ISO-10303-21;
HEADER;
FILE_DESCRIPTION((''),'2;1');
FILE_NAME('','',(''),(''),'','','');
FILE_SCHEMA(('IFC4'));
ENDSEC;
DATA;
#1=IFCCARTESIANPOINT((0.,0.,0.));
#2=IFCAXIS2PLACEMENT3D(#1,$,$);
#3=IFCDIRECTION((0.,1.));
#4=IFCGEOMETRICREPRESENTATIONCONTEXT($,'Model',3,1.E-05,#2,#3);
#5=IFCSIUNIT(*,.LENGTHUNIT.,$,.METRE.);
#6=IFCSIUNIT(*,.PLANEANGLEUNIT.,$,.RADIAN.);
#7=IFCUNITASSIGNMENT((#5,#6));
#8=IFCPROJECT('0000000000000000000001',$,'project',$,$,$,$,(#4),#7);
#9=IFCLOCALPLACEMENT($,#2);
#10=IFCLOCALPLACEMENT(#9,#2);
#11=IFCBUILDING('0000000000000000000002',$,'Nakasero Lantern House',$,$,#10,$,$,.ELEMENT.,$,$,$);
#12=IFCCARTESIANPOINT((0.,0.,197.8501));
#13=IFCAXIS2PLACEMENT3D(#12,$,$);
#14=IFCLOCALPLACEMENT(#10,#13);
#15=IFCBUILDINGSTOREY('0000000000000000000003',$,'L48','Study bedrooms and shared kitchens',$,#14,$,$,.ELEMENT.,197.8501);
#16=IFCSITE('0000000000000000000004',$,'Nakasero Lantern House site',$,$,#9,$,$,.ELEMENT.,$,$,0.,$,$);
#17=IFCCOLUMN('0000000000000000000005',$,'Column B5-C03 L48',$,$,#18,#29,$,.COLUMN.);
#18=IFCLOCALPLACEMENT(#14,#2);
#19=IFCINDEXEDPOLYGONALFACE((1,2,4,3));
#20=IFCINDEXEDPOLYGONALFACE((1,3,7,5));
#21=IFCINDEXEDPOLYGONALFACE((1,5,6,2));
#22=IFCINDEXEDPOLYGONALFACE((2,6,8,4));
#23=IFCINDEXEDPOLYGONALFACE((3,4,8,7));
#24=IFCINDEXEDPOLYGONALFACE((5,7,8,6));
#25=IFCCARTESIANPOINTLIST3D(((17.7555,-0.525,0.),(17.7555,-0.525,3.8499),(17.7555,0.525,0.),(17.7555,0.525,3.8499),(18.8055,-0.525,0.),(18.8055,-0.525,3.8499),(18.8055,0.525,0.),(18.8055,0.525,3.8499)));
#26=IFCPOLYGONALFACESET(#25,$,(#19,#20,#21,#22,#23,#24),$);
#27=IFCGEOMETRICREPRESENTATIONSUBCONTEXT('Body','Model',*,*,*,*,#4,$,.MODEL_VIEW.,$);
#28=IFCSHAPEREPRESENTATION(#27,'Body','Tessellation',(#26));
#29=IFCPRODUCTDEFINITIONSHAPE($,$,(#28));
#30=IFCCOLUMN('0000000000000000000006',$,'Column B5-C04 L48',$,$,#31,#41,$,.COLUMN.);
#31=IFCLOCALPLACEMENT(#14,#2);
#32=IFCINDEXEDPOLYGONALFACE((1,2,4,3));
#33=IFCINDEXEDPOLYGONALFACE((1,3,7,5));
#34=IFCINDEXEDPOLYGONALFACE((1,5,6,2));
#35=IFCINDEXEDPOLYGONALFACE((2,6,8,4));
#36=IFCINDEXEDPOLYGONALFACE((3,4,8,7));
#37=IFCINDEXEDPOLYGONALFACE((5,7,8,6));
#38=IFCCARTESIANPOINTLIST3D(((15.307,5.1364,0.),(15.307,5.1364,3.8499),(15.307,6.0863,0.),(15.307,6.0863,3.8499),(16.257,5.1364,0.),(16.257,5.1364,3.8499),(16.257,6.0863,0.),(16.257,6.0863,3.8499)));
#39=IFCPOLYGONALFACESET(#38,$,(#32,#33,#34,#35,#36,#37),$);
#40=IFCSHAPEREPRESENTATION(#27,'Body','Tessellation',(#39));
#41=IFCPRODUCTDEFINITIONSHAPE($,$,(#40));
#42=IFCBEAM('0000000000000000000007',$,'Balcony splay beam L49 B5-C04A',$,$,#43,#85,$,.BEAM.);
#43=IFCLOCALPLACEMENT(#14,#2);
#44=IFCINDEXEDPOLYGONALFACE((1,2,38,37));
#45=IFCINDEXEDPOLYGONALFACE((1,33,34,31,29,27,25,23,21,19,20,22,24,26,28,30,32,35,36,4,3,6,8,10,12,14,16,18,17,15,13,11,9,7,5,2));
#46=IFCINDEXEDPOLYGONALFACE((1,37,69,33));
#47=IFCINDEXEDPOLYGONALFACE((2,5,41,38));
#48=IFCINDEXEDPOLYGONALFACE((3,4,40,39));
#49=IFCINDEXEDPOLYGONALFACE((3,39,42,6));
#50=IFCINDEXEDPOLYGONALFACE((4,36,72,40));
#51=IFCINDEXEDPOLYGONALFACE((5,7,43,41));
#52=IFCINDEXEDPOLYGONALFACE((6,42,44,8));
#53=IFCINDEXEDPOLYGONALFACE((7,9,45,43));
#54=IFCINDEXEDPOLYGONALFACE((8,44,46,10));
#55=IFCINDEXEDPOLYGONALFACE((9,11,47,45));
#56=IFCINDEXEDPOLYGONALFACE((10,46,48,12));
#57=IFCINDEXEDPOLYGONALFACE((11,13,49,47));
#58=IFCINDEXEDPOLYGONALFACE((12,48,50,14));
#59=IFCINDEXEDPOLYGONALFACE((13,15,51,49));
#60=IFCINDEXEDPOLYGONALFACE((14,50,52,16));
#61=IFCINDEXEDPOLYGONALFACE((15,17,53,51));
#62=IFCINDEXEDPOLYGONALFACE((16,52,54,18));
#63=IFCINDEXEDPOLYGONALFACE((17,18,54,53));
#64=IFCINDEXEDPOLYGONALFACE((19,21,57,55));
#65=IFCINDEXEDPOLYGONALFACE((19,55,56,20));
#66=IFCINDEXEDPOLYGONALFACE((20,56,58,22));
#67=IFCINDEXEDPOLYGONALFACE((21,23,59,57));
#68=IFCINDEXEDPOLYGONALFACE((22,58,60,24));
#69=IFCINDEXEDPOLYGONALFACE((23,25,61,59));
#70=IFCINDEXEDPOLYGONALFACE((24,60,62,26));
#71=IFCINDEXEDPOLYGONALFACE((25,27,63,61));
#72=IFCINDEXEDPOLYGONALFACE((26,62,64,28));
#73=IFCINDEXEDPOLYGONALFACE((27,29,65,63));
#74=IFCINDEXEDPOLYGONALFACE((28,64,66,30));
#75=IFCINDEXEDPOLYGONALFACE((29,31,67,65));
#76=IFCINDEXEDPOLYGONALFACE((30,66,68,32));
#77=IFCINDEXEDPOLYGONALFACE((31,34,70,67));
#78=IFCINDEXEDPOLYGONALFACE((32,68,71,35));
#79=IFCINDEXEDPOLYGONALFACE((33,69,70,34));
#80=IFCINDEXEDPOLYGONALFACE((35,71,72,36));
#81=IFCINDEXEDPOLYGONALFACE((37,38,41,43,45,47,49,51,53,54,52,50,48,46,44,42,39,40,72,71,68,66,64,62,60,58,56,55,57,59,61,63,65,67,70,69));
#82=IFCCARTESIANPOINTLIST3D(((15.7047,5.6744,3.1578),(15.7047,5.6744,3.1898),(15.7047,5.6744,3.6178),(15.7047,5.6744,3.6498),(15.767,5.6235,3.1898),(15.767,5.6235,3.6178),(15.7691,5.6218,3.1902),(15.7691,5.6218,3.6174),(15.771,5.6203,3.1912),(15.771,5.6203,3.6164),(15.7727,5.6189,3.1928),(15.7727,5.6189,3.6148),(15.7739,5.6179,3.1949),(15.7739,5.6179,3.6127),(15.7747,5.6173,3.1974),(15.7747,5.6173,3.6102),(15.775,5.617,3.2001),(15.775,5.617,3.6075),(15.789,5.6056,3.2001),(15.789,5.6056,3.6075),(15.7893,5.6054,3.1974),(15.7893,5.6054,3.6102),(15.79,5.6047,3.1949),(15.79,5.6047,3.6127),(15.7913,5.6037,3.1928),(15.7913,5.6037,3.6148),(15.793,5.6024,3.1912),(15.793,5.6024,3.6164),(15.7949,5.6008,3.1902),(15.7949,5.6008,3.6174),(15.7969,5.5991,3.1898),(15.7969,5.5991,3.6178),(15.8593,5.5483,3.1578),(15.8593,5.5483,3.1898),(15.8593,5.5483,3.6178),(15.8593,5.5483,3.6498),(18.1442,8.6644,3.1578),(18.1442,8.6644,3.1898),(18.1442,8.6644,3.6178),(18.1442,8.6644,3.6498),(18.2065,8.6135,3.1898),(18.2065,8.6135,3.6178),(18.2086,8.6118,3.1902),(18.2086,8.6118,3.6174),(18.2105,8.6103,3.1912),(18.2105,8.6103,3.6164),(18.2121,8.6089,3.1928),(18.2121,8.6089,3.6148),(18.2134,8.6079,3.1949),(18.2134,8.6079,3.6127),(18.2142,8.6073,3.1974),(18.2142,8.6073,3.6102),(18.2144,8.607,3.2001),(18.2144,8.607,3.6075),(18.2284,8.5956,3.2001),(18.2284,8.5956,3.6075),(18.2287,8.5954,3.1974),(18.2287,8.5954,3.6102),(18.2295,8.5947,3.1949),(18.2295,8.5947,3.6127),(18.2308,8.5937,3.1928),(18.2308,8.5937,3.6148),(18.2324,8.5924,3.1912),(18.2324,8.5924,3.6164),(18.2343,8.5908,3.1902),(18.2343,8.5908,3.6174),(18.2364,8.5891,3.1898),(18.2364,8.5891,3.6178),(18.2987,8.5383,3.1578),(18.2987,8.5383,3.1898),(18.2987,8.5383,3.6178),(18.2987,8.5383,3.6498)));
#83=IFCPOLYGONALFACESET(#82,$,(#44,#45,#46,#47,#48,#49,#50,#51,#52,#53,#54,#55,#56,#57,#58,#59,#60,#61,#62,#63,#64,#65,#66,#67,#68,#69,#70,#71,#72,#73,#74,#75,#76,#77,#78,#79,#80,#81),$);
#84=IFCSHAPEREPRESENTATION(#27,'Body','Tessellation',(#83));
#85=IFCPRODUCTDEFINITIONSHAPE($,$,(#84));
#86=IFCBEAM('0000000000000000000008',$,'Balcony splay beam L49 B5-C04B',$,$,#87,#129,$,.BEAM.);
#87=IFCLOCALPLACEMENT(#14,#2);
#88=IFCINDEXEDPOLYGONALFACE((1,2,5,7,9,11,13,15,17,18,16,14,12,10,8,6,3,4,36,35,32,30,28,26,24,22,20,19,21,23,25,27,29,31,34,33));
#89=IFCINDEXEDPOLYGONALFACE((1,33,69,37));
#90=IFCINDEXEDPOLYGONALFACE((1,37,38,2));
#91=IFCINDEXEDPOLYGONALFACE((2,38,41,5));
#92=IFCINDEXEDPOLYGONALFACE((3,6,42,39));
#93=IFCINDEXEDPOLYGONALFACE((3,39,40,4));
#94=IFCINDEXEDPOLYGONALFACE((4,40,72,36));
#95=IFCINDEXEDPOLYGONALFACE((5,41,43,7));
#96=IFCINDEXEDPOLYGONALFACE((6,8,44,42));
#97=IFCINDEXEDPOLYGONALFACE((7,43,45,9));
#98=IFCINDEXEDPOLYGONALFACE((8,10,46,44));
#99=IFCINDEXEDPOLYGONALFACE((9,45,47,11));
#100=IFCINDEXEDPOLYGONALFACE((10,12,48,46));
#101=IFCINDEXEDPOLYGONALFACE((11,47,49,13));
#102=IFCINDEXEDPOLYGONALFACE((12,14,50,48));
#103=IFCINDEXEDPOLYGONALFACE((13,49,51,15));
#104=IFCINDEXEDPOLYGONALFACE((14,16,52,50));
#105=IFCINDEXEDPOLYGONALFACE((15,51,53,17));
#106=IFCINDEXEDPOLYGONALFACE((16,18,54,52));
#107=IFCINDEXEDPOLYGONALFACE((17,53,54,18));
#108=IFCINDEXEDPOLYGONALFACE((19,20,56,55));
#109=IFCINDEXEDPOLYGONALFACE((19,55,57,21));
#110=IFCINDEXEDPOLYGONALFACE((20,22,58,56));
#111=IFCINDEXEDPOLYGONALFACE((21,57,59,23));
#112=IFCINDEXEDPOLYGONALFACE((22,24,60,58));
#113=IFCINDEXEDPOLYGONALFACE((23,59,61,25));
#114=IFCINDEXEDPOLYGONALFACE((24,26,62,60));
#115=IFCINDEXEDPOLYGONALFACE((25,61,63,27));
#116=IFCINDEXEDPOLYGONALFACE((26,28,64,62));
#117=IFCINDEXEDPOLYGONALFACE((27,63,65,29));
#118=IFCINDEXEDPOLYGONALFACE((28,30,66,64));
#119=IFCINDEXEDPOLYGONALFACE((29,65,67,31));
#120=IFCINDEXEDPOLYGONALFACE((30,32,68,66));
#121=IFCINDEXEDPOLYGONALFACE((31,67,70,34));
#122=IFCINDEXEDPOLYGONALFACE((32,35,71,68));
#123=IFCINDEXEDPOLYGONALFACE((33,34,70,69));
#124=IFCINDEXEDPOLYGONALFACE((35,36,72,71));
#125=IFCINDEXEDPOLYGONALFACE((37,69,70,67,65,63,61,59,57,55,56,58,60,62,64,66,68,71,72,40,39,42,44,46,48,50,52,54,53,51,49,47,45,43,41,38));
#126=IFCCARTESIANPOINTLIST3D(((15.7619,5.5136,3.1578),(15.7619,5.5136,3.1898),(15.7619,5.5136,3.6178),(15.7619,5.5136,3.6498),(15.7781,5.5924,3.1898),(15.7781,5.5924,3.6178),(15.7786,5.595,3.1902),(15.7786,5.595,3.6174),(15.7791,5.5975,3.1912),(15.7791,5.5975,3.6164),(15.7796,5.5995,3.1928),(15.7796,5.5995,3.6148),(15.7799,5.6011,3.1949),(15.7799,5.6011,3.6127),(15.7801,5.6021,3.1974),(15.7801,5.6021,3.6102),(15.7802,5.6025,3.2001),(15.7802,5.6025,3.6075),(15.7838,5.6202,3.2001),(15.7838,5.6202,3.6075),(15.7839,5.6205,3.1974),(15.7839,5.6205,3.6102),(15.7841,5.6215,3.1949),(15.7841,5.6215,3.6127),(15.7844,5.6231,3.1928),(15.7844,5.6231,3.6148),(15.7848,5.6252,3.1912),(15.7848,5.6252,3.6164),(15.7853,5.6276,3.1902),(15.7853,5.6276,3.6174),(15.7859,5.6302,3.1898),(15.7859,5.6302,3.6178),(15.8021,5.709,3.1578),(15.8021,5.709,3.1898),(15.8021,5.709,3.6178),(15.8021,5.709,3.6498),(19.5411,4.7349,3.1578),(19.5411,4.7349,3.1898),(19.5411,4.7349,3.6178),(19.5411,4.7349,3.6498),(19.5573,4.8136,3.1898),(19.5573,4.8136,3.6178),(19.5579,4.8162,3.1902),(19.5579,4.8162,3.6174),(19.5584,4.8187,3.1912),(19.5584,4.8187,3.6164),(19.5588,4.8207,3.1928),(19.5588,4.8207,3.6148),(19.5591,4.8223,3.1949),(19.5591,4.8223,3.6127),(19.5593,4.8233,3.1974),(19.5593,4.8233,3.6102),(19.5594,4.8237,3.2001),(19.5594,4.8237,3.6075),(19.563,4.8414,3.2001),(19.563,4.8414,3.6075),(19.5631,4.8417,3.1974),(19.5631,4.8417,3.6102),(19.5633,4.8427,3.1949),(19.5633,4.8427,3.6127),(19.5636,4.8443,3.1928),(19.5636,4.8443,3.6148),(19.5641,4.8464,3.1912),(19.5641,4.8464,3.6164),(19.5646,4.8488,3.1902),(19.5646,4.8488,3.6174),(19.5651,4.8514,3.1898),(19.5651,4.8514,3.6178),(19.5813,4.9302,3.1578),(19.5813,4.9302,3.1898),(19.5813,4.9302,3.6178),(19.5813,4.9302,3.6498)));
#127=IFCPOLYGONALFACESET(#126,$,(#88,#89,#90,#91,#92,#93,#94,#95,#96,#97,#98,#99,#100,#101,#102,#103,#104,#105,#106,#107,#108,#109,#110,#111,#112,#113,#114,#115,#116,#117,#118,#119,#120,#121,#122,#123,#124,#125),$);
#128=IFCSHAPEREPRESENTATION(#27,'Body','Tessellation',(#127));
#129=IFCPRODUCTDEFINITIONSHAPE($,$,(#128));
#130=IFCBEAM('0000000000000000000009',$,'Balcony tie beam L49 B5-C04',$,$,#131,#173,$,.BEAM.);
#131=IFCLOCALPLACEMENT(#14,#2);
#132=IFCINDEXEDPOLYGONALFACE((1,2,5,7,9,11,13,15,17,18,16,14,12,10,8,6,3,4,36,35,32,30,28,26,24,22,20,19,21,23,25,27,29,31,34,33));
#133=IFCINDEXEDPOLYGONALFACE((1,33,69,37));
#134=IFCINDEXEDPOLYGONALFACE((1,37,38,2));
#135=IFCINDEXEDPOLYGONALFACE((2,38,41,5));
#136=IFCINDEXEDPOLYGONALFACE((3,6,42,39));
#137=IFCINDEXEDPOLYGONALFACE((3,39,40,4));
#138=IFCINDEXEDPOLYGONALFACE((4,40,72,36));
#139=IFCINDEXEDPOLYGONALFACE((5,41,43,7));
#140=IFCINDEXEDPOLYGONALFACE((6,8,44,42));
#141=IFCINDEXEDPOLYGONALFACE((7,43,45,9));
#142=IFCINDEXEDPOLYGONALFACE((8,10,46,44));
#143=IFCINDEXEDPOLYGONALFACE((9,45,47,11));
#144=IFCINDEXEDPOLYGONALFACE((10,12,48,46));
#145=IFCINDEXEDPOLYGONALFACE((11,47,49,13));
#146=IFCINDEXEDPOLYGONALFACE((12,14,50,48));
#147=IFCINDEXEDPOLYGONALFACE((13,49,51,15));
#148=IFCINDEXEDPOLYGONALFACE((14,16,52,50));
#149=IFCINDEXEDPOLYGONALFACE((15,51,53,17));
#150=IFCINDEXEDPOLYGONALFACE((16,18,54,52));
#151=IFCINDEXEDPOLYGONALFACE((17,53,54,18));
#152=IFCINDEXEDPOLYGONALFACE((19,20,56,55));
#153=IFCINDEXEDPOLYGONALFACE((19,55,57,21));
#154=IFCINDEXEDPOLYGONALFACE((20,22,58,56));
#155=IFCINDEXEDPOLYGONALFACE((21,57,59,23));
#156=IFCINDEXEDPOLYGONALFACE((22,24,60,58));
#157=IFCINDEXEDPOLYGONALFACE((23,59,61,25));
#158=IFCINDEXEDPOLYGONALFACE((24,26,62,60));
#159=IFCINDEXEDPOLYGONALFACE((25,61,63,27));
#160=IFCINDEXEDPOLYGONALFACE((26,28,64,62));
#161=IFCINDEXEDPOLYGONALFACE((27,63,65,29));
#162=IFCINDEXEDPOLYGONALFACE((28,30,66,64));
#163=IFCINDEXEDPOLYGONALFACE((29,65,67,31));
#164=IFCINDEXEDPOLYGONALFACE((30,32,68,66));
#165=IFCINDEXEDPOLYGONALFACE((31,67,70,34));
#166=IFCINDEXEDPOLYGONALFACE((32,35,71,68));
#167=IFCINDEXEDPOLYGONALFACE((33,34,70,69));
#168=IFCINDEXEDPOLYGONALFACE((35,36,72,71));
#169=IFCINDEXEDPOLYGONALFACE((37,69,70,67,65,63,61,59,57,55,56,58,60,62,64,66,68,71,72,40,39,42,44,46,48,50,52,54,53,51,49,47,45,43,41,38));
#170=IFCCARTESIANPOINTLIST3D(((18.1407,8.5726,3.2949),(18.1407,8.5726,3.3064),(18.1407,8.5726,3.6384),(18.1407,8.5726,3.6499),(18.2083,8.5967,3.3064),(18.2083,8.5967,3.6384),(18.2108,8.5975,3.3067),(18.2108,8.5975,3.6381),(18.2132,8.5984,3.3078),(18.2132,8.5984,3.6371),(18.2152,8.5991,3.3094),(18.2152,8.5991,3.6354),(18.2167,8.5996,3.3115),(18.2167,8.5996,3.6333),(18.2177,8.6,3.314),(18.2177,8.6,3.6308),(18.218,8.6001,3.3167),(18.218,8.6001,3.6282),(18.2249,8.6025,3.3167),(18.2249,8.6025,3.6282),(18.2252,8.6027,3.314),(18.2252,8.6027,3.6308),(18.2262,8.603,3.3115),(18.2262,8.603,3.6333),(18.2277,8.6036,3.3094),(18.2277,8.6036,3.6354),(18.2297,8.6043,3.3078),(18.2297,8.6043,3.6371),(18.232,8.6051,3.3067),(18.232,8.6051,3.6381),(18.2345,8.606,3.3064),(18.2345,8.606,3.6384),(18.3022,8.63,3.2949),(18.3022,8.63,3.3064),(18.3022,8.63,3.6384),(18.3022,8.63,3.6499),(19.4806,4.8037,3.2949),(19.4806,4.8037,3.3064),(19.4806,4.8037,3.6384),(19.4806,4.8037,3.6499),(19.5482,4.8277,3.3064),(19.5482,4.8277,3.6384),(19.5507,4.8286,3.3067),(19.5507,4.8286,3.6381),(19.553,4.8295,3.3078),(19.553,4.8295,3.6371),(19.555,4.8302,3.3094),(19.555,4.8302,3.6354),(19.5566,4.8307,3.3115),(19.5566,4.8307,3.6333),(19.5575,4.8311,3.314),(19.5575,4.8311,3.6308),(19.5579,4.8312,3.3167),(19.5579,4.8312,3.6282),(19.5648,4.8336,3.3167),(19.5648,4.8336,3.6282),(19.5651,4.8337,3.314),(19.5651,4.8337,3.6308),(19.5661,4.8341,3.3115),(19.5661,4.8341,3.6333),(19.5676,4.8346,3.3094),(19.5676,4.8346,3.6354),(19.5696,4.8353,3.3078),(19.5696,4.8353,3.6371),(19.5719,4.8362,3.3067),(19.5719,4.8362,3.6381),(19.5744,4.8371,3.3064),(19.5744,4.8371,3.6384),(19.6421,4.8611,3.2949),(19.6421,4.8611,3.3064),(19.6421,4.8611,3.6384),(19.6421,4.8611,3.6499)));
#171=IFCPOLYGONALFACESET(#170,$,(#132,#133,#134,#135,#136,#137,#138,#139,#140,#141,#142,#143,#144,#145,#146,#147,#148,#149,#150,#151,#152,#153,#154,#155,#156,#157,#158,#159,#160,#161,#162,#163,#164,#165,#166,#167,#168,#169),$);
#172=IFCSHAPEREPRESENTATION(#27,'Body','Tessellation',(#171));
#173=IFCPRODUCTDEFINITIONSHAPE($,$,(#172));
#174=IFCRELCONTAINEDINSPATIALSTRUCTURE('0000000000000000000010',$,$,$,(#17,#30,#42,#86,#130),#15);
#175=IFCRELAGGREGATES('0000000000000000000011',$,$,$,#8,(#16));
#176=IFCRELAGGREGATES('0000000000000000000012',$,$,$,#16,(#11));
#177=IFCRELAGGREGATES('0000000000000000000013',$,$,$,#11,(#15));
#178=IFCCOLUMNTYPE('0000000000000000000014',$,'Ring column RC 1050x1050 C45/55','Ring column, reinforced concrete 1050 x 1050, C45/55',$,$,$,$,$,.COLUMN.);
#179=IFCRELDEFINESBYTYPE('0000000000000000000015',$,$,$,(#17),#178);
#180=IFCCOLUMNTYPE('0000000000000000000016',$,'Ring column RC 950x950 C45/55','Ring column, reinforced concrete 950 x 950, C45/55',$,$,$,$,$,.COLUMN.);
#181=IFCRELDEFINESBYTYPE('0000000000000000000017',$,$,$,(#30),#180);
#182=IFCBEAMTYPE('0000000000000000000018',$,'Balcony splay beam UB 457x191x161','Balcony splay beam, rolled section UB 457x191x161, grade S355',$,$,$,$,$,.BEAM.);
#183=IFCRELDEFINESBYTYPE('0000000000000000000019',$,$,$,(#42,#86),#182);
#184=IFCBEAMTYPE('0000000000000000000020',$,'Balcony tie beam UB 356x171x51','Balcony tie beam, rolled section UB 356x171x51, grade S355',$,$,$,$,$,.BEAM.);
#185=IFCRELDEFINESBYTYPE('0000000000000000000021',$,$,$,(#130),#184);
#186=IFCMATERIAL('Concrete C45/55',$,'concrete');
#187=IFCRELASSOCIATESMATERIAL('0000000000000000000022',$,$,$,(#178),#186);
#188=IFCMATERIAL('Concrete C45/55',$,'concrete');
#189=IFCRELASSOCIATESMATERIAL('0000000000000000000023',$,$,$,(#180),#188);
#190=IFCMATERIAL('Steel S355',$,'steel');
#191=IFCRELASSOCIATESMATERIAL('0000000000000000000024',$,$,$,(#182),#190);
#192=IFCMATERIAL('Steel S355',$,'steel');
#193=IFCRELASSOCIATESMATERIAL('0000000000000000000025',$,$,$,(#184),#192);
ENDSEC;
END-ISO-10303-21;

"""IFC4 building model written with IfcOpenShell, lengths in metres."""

from ifc_helpers import new_model, si_unit, direction, frame, origin, origin_2d, place, context, subcontext, project, spatial, rectangle, i_section, extrude, material, material_profile, profile_set, type_object, element, save


model = new_model("IFC4")

# Units and contexts
model_context = context("Model", 3, precision=1e-05, world=origin(), true_north=direction((0.0, 1.0)))
body_context = subcontext(model_context, "Body", "Model", "MODEL_VIEW")
ifc_project = project(units=[si_unit("LENGTHUNIT", "METRE"), si_unit("PLANEANGLEUNIT", "RADIAN")], contexts=[model_context])

# Site, building, storey
site_placement = place(None, origin())
site = spatial("IfcSite", under=ifc_project, at=site_placement, Name="Nakasero Lantern House site", CompositionType="ELEMENT", RefElevation=0.0)
building_placement = place(site_placement, origin())
building = spatial("IfcBuilding", under=site, at=building_placement, Name="Nakasero Lantern House", CompositionType="ELEMENT")
storey_placement = place(building_placement, frame((0.0, 0.0, 197.8501)))
storey = spatial("IfcBuildingStorey", under=building, at=storey_placement, Name="L48", Description="Study bedrooms and shared kitchens", CompositionType="ELEMENT", Elevation=197.8501)

# Columns
ifc_material_1 = material(Name="Concrete C45/55", Category="concrete")
ifc_material_profile_1 = material_profile(ifc_material_1, rectangle(XDim=1.05, YDim=1.05, at=origin_2d()), Name="RC 1050x1050")
ifc_profile_set_1 = profile_set([ifc_material_profile_1], Name="Concrete C45/55")
column_type_1 = type_object("IfcColumnType", Name="Ring column RC 1050x1050 C45/55", Description="Ring column, reinforced concrete 1050 x 1050, C45/55", PredefinedType="COLUMN", material=ifc_profile_set_1)
column_1_placement = place(storey_placement, frame((18.2805, 0.0, 0.0), z_axis=(0.0, 0.0, 1.0), x_axis=(1.0, 0.0, 0.0)))
element("IfcColumn", 1, at=column_1_placement, inside=storey, type_object=column_type_1, Name="Column B5-C03 L48", PredefinedType="COLUMN", context=body_context, shape_type="SweptSolid", body=[
    extrude(rectangle(XDim=1.05, YDim=1.05, at=origin_2d()), origin(), (0.0, 0.0, 1.0), 3.8499),
])
ifc_material_2 = material(Name="Concrete C45/55", Category="concrete")
ifc_material_profile_2 = material_profile(ifc_material_2, rectangle(XDim=0.95, YDim=0.95, at=origin_2d()), Name="RC 950x950")
ifc_profile_set_2 = profile_set([ifc_material_profile_2], Name="Concrete C45/55")
column_type_2 = type_object("IfcColumnType", Name="Ring column RC 950x950 C45/55", Description="Ring column, reinforced concrete 950 x 950, C45/55", PredefinedType="COLUMN", material=ifc_profile_set_2)
column_2_placement = place(storey_placement, frame((15.782, 5.6113, 0.0), z_axis=(0.0, 0.0, 1.0), x_axis=(1.0, 0.0, 0.0)))
element("IfcColumn", 2, at=column_2_placement, inside=storey, type_object=column_type_2, Name="Column B5-C04 L48", PredefinedType="COLUMN", context=body_context, shape_type="SweptSolid", body=[
    extrude(rectangle(XDim=0.95, YDim=0.95, at=origin_2d()), origin(), (0.0, 0.0, 1.0), 3.8499),
])

# Beams
ifc_material_3 = material(Name="Steel S355", Category="steel")
ifc_material_profile_3 = material_profile(ifc_material_3, i_section(OverallWidth=0.1995, OverallDepth=0.4919, WebThickness=0.0181, FlangeThickness=0.032, FilletRadius=0.0103, at=origin_2d()), Name="UB 457x191x161")
ifc_profile_set_3 = profile_set([ifc_material_profile_3], Name="Steel S355")
beam_type_1 = type_object("IfcBeamType", Name="Balcony splay beam UB 457x191x161", Description="Balcony splay beam, rolled section UB 457x191x161, grade S355", PredefinedType="BEAM", material=ifc_profile_set_3)
beam_1_placement = place(storey_placement, frame((15.782, 5.6113, 3.4038), z_axis=(0.632166, 0.774833, 0.0), x_axis=(-0.774833, 0.632166, 0.0)))
element("IfcBeam", 3, at=beam_1_placement, inside=storey, type_object=beam_type_1, Name="Balcony splay beam L49 B5-C04A", PredefinedType="BEAM", context=body_context, shape_type="SweptSolid", body=[
    extrude(i_section(OverallWidth=0.1995, OverallDepth=0.4919, WebThickness=0.0181, FlangeThickness=0.032, FilletRadius=0.0103, at=origin_2d()), origin(), (0.0, 0.0, 1.0), 3.8589),
])
beam_2_placement = place(storey_placement, frame((15.782, 5.6113, 3.4038), z_axis=(0.97942, -0.201831, 0.0), x_axis=(0.201831, 0.97942, 0.0)))
element("IfcBeam", 4, at=beam_2_placement, inside=storey, type_object=beam_type_1, Name="Balcony splay beam L49 B5-C04B", PredefinedType="BEAM", context=body_context, shape_type="SweptSolid", body=[
    extrude(i_section(OverallWidth=0.1995, OverallDepth=0.4919, WebThickness=0.0181, FlangeThickness=0.032, FilletRadius=0.0103, at=origin_2d()), origin(), (0.0, 0.0, 1.0), 3.8586),
])
ifc_material_4 = material(Name="Steel S355", Category="steel")
ifc_material_profile_4 = material_profile(ifc_material_4, i_section(OverallWidth=0.1714, OverallDepth=0.355, WebThickness=0.0073, FlangeThickness=0.0115, FilletRadius=0.0103, at=origin_2d()), Name="UB 356x171x51")
ifc_profile_set_4 = profile_set([ifc_material_profile_4], Name="Steel S355")
beam_type_2 = type_object("IfcBeamType", Name="Balcony tie beam UB 356x171x51", Description="Balcony tie beam, rolled section UB 356x171x51, grade S355", PredefinedType="BEAM", material=ifc_profile_set_4)
beam_3_placement = place(storey_placement, frame((18.2214, 8.6013, 3.4724), z_axis=(0.334971, -0.942228, 0.0), x_axis=(0.942228, 0.334971, 0.0)))
element("IfcBeam", 5, at=beam_3_placement, inside=storey, type_object=beam_type_2, Name="Balcony tie beam L49 B5-C04", PredefinedType="BEAM", context=body_context, shape_type="SweptSolid", body=[
    extrude(i_section(OverallWidth=0.1714, OverallDepth=0.355, WebThickness=0.0073, FlangeThickness=0.0115, FilletRadius=0.0103, at=origin_2d()), origin(), (0.0, 0.0, 1.0), 4.0),
])

save(model, "model.ifc")
